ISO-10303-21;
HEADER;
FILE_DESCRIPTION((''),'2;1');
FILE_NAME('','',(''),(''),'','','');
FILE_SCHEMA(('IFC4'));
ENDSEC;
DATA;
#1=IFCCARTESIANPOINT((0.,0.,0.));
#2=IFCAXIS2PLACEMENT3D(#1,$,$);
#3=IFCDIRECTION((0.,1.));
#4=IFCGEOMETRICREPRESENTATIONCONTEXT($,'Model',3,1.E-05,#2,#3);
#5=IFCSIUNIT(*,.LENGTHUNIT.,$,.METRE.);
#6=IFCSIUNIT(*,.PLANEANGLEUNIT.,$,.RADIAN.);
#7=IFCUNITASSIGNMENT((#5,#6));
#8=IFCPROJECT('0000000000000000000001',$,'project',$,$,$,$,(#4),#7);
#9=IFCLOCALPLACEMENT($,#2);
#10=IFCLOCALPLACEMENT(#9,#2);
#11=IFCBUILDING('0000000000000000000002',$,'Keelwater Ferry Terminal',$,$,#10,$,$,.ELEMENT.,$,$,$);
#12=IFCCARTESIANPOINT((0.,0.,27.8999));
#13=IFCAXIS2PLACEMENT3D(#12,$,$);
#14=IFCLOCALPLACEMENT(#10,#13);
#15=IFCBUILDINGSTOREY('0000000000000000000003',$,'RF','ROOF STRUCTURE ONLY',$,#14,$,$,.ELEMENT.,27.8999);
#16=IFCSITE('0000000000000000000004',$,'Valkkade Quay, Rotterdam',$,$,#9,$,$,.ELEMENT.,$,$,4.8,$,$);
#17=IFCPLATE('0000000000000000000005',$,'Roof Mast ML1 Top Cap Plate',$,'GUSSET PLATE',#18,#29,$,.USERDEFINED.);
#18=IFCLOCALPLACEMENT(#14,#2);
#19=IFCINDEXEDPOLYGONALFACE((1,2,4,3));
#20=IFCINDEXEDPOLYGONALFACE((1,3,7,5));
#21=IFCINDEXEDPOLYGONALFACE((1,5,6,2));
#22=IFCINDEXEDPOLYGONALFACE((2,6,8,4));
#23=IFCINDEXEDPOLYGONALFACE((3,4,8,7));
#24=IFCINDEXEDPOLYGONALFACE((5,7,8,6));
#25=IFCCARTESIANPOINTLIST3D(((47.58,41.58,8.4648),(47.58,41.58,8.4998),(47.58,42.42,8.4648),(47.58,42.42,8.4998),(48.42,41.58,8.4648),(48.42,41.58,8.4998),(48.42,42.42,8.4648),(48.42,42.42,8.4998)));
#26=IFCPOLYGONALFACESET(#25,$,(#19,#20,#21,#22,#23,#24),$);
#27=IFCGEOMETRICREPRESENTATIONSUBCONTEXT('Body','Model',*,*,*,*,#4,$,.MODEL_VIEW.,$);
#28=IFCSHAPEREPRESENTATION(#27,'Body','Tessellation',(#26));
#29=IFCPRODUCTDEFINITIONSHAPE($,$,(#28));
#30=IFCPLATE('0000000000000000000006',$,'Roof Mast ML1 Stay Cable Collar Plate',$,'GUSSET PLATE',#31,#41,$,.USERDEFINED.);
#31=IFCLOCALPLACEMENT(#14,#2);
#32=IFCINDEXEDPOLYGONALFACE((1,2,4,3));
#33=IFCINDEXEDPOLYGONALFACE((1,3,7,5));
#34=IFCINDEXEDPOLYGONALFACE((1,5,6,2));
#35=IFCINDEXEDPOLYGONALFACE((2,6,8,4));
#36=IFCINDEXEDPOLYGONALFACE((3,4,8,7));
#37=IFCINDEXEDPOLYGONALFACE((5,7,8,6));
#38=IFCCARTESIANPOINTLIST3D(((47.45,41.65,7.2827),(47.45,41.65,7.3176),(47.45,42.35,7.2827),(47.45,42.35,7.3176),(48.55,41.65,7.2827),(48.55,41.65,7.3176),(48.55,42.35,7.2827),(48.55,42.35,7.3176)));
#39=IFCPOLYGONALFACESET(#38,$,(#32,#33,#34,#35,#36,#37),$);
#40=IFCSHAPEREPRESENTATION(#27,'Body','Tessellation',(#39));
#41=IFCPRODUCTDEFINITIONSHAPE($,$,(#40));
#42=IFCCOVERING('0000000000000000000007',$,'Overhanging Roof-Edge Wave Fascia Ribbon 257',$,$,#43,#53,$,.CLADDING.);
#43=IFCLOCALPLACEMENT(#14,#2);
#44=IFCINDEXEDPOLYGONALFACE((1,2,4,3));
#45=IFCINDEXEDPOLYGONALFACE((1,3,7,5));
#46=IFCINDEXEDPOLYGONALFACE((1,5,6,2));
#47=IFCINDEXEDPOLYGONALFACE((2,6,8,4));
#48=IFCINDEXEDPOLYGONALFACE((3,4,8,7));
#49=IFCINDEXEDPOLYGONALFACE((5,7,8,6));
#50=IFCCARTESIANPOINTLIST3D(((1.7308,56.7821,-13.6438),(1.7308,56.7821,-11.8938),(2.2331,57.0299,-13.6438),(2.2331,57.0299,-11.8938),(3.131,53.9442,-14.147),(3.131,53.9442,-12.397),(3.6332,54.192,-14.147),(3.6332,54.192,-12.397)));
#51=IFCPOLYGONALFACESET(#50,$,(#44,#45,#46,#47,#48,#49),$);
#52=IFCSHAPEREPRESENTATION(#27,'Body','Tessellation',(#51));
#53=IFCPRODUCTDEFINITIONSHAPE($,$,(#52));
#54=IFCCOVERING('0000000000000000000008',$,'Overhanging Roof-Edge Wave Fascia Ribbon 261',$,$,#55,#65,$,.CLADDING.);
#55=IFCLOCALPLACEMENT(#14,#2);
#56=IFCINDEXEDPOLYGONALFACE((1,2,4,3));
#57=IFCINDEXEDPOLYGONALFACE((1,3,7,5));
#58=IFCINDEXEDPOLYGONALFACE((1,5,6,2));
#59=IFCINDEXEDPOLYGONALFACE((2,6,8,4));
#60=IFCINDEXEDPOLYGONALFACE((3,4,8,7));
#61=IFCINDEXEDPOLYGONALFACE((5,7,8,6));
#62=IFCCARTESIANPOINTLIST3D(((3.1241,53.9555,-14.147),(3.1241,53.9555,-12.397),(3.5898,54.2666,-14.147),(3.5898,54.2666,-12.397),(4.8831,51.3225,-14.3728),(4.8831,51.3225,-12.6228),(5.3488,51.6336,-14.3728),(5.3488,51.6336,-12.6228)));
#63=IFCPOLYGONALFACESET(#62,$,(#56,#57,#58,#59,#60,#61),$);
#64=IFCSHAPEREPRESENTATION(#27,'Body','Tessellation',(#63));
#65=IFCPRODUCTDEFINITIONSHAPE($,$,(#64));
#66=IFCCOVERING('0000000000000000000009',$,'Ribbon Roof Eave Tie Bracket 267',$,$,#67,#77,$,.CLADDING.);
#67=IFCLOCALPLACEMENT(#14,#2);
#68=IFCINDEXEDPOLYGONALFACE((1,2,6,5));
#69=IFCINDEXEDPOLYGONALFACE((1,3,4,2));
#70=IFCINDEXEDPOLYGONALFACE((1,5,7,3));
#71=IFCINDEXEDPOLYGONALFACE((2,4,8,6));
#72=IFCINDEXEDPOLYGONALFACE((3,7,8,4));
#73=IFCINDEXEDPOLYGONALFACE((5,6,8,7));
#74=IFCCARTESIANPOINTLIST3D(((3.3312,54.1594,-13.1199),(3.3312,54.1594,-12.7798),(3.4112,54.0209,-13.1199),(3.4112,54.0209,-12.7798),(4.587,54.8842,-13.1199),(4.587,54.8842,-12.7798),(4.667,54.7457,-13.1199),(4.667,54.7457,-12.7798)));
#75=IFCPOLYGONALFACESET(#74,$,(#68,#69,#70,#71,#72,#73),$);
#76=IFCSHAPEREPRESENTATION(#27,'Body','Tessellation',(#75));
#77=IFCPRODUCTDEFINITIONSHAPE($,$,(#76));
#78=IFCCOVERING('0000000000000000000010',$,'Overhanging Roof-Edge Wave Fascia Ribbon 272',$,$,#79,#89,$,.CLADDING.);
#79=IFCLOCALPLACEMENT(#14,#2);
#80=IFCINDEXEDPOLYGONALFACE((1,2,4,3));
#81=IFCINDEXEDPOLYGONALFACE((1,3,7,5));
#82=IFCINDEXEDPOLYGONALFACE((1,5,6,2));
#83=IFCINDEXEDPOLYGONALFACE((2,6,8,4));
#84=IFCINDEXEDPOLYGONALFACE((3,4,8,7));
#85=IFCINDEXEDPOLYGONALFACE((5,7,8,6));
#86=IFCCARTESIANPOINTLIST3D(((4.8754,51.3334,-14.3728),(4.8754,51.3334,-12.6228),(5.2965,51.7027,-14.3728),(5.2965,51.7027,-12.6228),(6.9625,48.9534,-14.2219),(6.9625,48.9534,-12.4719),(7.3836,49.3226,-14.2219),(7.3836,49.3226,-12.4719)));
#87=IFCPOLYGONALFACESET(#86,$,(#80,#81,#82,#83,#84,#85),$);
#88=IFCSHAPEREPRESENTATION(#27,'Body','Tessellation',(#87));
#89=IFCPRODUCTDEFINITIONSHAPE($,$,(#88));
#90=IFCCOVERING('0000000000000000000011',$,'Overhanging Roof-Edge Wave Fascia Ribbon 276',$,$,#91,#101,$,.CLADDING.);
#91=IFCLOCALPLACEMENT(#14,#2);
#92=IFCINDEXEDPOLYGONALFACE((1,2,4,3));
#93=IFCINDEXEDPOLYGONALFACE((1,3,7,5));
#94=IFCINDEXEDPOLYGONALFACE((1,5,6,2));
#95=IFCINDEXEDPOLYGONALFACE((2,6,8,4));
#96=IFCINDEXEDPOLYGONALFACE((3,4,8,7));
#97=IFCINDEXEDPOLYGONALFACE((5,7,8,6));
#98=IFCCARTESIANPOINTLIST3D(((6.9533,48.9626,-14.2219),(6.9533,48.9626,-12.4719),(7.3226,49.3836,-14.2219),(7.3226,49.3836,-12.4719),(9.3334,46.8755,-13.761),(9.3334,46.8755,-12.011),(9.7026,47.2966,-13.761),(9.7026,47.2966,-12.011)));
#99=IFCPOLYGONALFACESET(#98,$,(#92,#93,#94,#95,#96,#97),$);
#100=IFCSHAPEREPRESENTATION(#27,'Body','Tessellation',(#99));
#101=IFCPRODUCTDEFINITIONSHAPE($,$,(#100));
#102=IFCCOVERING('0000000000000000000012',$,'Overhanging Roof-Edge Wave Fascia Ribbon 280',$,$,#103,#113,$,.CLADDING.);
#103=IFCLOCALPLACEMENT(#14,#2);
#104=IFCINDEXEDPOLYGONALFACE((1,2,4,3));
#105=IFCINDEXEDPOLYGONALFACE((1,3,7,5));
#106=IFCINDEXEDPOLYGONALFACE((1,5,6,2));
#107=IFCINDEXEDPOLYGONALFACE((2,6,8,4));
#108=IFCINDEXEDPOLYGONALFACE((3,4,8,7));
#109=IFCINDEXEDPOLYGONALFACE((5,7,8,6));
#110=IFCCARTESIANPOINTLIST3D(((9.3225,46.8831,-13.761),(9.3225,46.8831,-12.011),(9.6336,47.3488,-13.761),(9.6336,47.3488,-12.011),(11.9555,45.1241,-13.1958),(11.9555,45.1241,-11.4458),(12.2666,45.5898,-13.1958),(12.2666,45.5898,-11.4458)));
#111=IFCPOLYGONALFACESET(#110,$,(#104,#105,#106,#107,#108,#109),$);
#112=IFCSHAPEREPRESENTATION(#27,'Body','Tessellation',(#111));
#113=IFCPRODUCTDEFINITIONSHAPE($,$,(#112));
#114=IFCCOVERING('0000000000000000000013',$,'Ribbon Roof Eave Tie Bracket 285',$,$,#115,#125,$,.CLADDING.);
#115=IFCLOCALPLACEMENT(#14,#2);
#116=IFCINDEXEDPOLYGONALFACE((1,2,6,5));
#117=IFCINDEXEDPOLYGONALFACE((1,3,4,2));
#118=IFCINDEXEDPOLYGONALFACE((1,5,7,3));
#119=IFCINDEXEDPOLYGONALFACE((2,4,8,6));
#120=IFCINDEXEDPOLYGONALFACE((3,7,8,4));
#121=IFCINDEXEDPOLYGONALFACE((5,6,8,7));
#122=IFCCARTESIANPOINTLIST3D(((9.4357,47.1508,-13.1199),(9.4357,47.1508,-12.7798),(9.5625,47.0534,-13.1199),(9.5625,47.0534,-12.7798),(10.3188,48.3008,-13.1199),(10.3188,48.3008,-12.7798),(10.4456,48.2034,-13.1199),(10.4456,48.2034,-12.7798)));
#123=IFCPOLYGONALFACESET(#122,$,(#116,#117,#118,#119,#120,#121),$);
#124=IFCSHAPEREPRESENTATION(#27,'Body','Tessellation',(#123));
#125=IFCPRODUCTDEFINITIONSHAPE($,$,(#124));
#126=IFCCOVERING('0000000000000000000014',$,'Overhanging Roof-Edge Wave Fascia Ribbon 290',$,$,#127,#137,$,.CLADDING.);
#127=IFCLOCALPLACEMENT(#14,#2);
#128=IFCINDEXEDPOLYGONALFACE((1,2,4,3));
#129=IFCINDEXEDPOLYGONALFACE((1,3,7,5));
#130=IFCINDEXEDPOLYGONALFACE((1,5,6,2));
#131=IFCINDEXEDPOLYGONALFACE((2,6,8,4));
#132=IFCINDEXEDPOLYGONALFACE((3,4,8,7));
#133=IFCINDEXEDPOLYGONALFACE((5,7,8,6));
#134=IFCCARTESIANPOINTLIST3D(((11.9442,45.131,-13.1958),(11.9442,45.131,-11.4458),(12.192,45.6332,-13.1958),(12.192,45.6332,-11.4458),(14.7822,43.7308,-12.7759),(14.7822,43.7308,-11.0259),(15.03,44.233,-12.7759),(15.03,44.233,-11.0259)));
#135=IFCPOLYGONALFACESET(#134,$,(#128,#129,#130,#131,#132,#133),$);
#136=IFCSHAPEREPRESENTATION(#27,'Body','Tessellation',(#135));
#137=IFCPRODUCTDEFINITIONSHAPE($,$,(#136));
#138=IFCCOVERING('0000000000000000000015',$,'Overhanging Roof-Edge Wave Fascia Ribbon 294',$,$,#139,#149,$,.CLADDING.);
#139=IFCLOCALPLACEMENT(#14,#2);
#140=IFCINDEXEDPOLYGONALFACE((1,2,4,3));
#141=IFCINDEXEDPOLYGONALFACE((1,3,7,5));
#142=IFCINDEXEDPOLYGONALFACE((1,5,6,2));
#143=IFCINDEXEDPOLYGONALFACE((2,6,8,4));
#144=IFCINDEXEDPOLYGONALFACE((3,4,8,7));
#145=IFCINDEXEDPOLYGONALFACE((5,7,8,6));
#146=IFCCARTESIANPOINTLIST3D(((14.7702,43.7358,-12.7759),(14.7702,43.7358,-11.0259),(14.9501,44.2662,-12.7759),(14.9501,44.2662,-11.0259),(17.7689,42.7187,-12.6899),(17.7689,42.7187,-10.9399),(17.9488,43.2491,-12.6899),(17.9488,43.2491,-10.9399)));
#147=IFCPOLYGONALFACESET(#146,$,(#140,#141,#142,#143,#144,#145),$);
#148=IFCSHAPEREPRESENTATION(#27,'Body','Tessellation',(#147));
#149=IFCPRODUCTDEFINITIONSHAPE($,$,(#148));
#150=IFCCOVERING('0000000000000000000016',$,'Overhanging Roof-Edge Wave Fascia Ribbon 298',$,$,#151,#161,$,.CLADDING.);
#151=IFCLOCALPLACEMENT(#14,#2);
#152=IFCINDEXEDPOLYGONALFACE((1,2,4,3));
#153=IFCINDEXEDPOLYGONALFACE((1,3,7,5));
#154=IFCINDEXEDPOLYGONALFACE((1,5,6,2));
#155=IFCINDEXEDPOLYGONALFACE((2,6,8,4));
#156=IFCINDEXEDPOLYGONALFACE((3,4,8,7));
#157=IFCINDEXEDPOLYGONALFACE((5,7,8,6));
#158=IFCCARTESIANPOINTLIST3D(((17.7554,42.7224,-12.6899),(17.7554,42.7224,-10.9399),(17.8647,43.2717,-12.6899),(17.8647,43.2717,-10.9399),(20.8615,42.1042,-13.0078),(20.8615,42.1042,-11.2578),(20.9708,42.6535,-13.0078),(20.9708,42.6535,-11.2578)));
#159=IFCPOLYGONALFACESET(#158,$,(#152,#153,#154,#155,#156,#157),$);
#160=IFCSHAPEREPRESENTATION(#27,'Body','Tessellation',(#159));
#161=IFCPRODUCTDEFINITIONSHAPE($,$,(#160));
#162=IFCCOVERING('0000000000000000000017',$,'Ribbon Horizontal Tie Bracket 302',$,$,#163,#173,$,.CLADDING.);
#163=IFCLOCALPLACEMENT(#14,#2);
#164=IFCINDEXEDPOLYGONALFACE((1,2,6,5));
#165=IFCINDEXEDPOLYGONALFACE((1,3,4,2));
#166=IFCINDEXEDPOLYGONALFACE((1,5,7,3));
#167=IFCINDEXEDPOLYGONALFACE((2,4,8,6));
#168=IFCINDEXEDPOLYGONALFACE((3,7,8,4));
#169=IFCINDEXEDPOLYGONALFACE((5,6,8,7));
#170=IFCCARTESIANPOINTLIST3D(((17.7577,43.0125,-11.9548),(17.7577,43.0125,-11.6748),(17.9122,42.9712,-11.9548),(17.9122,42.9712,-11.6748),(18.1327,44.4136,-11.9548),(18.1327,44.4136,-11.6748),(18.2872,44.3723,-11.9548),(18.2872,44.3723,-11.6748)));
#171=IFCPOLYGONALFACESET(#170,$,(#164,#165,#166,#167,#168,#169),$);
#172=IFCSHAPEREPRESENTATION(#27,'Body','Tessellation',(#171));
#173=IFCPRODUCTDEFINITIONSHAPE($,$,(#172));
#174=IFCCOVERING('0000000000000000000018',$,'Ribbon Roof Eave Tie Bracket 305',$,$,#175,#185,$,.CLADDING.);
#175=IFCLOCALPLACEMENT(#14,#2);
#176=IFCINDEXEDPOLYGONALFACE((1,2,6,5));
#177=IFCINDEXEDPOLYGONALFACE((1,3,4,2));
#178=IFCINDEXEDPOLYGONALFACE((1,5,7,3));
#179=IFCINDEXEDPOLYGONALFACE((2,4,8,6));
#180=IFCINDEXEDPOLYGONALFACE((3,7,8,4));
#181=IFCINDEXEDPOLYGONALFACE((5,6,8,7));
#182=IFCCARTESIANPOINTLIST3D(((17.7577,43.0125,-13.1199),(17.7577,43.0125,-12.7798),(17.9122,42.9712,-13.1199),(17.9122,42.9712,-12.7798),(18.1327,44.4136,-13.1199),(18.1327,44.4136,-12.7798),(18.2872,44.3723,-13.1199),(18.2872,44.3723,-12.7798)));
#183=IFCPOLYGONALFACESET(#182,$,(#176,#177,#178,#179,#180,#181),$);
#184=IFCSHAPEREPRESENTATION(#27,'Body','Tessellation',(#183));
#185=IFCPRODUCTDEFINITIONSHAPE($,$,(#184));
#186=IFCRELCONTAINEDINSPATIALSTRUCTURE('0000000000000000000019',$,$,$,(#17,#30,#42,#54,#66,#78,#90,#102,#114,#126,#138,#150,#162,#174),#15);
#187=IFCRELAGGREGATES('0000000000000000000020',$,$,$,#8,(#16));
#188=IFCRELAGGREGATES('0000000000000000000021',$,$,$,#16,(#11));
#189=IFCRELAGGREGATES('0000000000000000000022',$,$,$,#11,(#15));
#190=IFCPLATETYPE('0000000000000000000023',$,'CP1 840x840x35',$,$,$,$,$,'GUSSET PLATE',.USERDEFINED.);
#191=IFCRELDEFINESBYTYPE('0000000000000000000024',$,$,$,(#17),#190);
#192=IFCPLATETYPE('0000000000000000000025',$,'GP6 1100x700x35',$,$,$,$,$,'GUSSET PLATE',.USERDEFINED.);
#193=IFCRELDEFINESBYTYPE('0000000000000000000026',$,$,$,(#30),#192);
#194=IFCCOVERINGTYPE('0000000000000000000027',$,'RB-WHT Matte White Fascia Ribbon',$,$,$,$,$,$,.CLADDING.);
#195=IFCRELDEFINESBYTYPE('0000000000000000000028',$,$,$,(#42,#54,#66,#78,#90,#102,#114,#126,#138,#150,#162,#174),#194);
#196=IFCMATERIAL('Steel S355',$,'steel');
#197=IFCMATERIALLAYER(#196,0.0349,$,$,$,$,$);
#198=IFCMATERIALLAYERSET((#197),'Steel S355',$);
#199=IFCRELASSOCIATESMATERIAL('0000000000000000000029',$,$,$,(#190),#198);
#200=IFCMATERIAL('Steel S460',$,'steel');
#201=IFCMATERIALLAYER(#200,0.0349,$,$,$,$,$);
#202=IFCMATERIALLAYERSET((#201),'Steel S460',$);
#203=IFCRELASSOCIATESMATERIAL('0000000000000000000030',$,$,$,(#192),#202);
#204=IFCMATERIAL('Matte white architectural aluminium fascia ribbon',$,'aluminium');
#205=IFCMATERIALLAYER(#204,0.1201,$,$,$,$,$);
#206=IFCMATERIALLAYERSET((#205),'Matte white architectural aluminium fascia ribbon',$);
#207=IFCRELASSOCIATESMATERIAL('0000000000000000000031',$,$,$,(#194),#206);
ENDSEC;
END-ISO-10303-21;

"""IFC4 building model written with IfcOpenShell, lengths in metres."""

from ifc_helpers import new_model, si_unit, direction, frame, frame_2d, origin, origin_2d, place, context, subcontext, project, spatial, polyline, rectangle, outline, extrude, material, layer, layer_set, type_object, element, save


model = new_model("IFC4")

# Units and contexts
model_context = context("Model", 3, precision=1e-05, world=origin(), true_north=direction((0.0, 1.0)))
body_context = subcontext(model_context, "Body", "Model", "MODEL_VIEW")
ifc_project = project(units=[si_unit("LENGTHUNIT", "METRE"), si_unit("PLANEANGLEUNIT", "RADIAN")], contexts=[model_context])

# Site, building, storey
site_placement = place(None, origin())
site = spatial("IfcSite", under=ifc_project, at=site_placement, Name="Valkkade Quay, Rotterdam", CompositionType="ELEMENT", RefElevation=4.8)
building_placement = place(site_placement, origin())
building = spatial("IfcBuilding", under=site, at=building_placement, Name="Keelwater Ferry Terminal", CompositionType="ELEMENT")
storey_placement = place(building_placement, frame((0.0, 0.0, 27.8999)))
storey = spatial("IfcBuildingStorey", under=building, at=storey_placement, Name="RF", Description="ROOF STRUCTURE ONLY", CompositionType="ELEMENT", Elevation=27.8999)

# Plates
ifc_material_1 = material(Name="Steel S355", Category="steel")
ifc_layer_1 = layer(ifc_material_1, 0.0349)
ifc_layer_set_1 = layer_set([ifc_layer_1], Name="Steel S355")
plate_type_1 = type_object("IfcPlateType", Name="CP1 840x840x35", ElementType="GUSSET PLATE", PredefinedType="USERDEFINED", material=ifc_layer_set_1)
plate_1_placement = place(storey_placement, frame((48.0, 42.0, 8.4648), z_axis=(0.0, 0.0, 1.0), x_axis=(1.0, 0.0, 0.0)))
element("IfcPlate", 1, at=plate_1_placement, inside=storey, type_object=plate_type_1, Name="Roof Mast ML1 Top Cap Plate", ObjectType="GUSSET PLATE", PredefinedType="USERDEFINED", context=body_context, shape_type="SweptSolid", body=[
    extrude(rectangle(XDim=0.8401, YDim=0.8401, at=origin_2d()), origin(), (0.0, 0.0, 1.0), 0.0349),
])
ifc_material_2 = material(Name="Steel S460", Category="steel")
ifc_layer_2 = layer(ifc_material_2, 0.0349)
ifc_layer_set_2 = layer_set([ifc_layer_2], Name="Steel S460")
plate_type_2 = type_object("IfcPlateType", Name="GP6 1100x700x35", ElementType="GUSSET PLATE", PredefinedType="USERDEFINED", material=ifc_layer_set_2)
plate_2_placement = place(storey_placement, frame((48.0, 42.0, 7.2827), z_axis=(0.0, 0.0, 1.0), x_axis=(1.0, 0.0, 0.0)))
element("IfcPlate", 2, at=plate_2_placement, inside=storey, type_object=plate_type_2, Name="Roof Mast ML1 Stay Cable Collar Plate", ObjectType="GUSSET PLATE", PredefinedType="USERDEFINED", context=body_context, shape_type="SweptSolid", body=[
    extrude(rectangle(XDim=1.1001, YDim=0.7, at=origin_2d()), origin(), (0.0, 0.0, 1.0), 0.0349),
])

# Coverings
ifc_material_3 = material(Name="Matte white architectural aluminium fascia ribbon", Category="aluminium")
ifc_layer_3 = layer(ifc_material_3, 0.1201)
ifc_layer_set_3 = layer_set([ifc_layer_3], Name="Matte white architectural aluminium fascia ribbon")
covering_type = type_object("IfcCoveringType", Name="RB-WHT Matte White Fascia Ribbon", PredefinedType="CLADDING", material=ifc_layer_set_3)
covering_1_placement = place(storey_placement, frame((1.9819, 56.906, -14.147), z_axis=(0.0, 0.0, 1.0), x_axis=(0.442455, -0.896791, 0.0)))
element("IfcCovering", 3, at=covering_1_placement, inside=storey, type_object=covering_type, Name="Overhanging Roof-Edge Wave Fascia Ribbon 257", PredefinedType="CLADDING", context=body_context, shape_type="SweptSolid", body=[
    extrude(outline(polyline([(0.0, 0.5032), (3.1646, 0.0), (3.1646, 1.75), (0.0, 2.2532), (0.0, 0.5032)])), frame((0.0, 0.28, 0.0), z_axis=(0.0, -1.0, 0.0), x_axis=(1.0, 0.0, 0.0)), (0.0, 0.0, 1.0), 0.5601),
])
covering_2_placement = place(storey_placement, frame((3.3569, 54.1111, -14.3728), z_axis=(0.0, 0.0, 1.0), x_axis=(0.555501, -0.831516, 0.0)))
element("IfcCovering", 4, at=covering_2_placement, inside=storey, type_object=covering_type, Name="Overhanging Roof-Edge Wave Fascia Ribbon 261", PredefinedType="CLADDING", context=body_context, shape_type="SweptSolid", body=[
    extrude(outline(polyline([(0.0, 0.2258), (3.1665, 0.0), (3.1665, 1.75), (0.0, 1.9758), (0.0, 0.2258)])), frame((0.0, 0.28, 0.0), z_axis=(0.0, -1.0, 0.0), x_axis=(1.0, 0.0, 0.0)), (0.0, 0.0, 1.0), 0.5601),
])
covering_3_placement = place(storey_placement, frame((3.3711, 54.0901, -13.1199), z_axis=(0.0, 0.0, 1.0), x_axis=(0.86609, 0.499888, 0.0)))
element("IfcCovering", 5, at=covering_3_placement, inside=storey, type_object=covering_type, Name="Ribbon Roof Eave Tie Bracket 267", PredefinedType="CLADDING", context=body_context, shape_type="SweptSolid", body=[
    extrude(rectangle(XDim=1.45, YDim=0.1599, at=frame_2d((0.7251, 0.0))), origin(), (0.0, 0.0, 1.0), 0.3401),
])
covering_4_placement = place(storey_placement, frame((5.0859, 51.5181, -14.3728), z_axis=(0.0, 0.0, 1.0), x_axis=(0.659318, -0.751864, 0.0)))
element("IfcCovering", 6, at=covering_4_placement, inside=storey, type_object=covering_type, Name="Overhanging Roof-Edge Wave Fascia Ribbon 272", PredefinedType="CLADDING", context=body_context, shape_type="SweptSolid", body=[
    extrude(outline(polyline([(0.0, 0.0), (3.1655, 0.1509), (3.1655, 1.9009), (0.0, 1.75), (0.0, 0.0)])), frame((0.0, 0.28, 0.0), z_axis=(0.0, -1.0, 0.0), x_axis=(1.0, 0.0, 0.0)), (0.0, 0.0, 1.0), 0.5601),
])
covering_5_placement = place(storey_placement, frame((7.1379, 49.1731, -14.2219), z_axis=(0.0, 0.0, 1.0), x_axis=(0.751864, -0.659318, 0.0)))
element("IfcCovering", 7, at=covering_5_placement, inside=storey, type_object=covering_type, Name="Overhanging Roof-Edge Wave Fascia Ribbon 276", PredefinedType="CLADDING", context=body_context, shape_type="SweptSolid", body=[
    extrude(outline(polyline([(0.0, 0.0), (3.1655, 0.4609), (3.1655, 2.2109), (0.0, 1.75), (0.0, 0.0)])), frame((0.0, 0.28, 0.0), z_axis=(0.0, -1.0, 0.0), x_axis=(1.0, 0.0, 0.0)), (0.0, 0.0, 1.0), 0.5601),
])
covering_6_placement = place(storey_placement, frame((9.478, 47.116, -13.761), z_axis=(0.0, 0.0, 1.0), x_axis=(0.831516, -0.555501, 0.0)))
element("IfcCovering", 8, at=covering_6_placement, inside=storey, type_object=covering_type, Name="Overhanging Roof-Edge Wave Fascia Ribbon 280", PredefinedType="CLADDING", context=body_context, shape_type="SweptSolid", body=[
    extrude(outline(polyline([(0.0, 0.0), (3.1665, 0.5652), (3.1665, 2.3152), (0.0, 1.75), (0.0, 0.0)])), frame((0.0, 0.28, 0.0), z_axis=(0.0, -1.0, 0.0), x_axis=(1.0, 0.0, 0.0)), (0.0, 0.0, 1.0), 0.5601),
])
covering_7_placement = place(storey_placement, frame((9.499, 47.1021, -13.1199), z_axis=(0.0, 0.0, 1.0), x_axis=(0.609068, 0.793118, 0.0)))
element("IfcCovering", 9, at=covering_7_placement, inside=storey, type_object=covering_type, Name="Ribbon Roof Eave Tie Bracket 285", PredefinedType="CLADDING", context=body_context, shape_type="SweptSolid", body=[
    extrude(rectangle(XDim=1.45, YDim=0.1599, at=frame_2d((0.7251, 0.0))), origin(), (0.0, 0.0, 1.0), 0.3401),
])
covering_8_placement = place(storey_placement, frame((12.0681, 45.3821, -13.1958), z_axis=(0.0, 0.0, 1.0), x_axis=(0.896791, -0.442455, 0.0)))
element("IfcCovering", 10, at=covering_8_placement, inside=storey, type_object=covering_type, Name="Overhanging Roof-Edge Wave Fascia Ribbon 290", PredefinedType="CLADDING", context=body_context, shape_type="SweptSolid", body=[
    extrude(outline(polyline([(0.0, 0.0), (3.1646, 0.4199), (3.1646, 2.1699), (0.0, 1.75), (0.0, 0.0)])), frame((0.0, 0.28, 0.0), z_axis=(0.0, -1.0, 0.0), x_axis=(1.0, 0.0, 0.0)), (0.0, 0.0, 1.0), 0.5601),
])
covering_9_placement = place(storey_placement, frame((14.8601, 44.001, -12.7759), z_axis=(0.0, 0.0, 1.0), x_axis=(0.947013, -0.321196, 0.0)))
element("IfcCovering", 11, at=covering_9_placement, inside=storey, type_object=covering_type, Name="Overhanging Roof-Edge Wave Fascia Ribbon 294", PredefinedType="CLADDING", context=body_context, shape_type="SweptSolid", body=[
    extrude(outline(polyline([(0.0, 0.0), (3.1665, 0.0859), (3.1665, 1.8359), (0.0, 1.75), (0.0, 0.0)])), frame((0.0, 0.28, 0.0), z_axis=(0.0, -1.0, 0.0), x_axis=(1.0, 0.0, 0.0)), (0.0, 0.0, 1.0), 0.5601),
])
covering_10_placement = place(storey_placement, frame((17.8101, 42.9971, -13.0078), z_axis=(0.0, 0.0, 1.0), x_axis=(0.980764, -0.195197, 0.0)))
element("IfcCovering", 12, at=covering_10_placement, inside=storey, type_object=covering_type, Name="Overhanging Roof-Edge Wave Fascia Ribbon 298", PredefinedType="CLADDING", context=body_context, shape_type="SweptSolid", body=[
    extrude(outline(polyline([(0.0, 0.3179), (3.167, 0.0), (3.167, 1.75), (0.0, 2.0679), (0.0, 0.3179)])), frame((0.0, 0.28, 0.0), z_axis=(0.0, -1.0, 0.0), x_axis=(1.0, 0.0, 0.0)), (0.0, 0.0, 1.0), 0.5601),
])
covering_11_placement = place(storey_placement, frame((17.835, 42.9919, -11.9548), z_axis=(0.0, 0.0, 1.0), x_axis=(0.258543, 0.966, 0.0)))
element("IfcCovering", 13, at=covering_11_placement, inside=storey, type_object=covering_type, Name="Ribbon Horizontal Tie Bracket 302", PredefinedType="CLADDING", context=body_context, shape_type="SweptSolid", body=[
    extrude(rectangle(XDim=1.4504, YDim=0.1599, at=frame_2d((0.7251, 0.0))), origin(), (0.0, 0.0, 1.0), 0.28),
])
covering_12_placement = place(storey_placement, frame((17.835, 42.9919, -13.1199), z_axis=(0.0, 0.0, 1.0), x_axis=(0.258543, 0.966, 0.0)))
element("IfcCovering", 14, at=covering_12_placement, inside=storey, type_object=covering_type, Name="Ribbon Roof Eave Tie Bracket 305", PredefinedType="CLADDING", context=body_context, shape_type="SweptSolid", body=[
    extrude(rectangle(XDim=1.4504, YDim=0.1599, at=frame_2d((0.7251, 0.0))), origin(), (0.0, 0.0, 1.0), 0.3401),
])

save(model, "model.ifc")
